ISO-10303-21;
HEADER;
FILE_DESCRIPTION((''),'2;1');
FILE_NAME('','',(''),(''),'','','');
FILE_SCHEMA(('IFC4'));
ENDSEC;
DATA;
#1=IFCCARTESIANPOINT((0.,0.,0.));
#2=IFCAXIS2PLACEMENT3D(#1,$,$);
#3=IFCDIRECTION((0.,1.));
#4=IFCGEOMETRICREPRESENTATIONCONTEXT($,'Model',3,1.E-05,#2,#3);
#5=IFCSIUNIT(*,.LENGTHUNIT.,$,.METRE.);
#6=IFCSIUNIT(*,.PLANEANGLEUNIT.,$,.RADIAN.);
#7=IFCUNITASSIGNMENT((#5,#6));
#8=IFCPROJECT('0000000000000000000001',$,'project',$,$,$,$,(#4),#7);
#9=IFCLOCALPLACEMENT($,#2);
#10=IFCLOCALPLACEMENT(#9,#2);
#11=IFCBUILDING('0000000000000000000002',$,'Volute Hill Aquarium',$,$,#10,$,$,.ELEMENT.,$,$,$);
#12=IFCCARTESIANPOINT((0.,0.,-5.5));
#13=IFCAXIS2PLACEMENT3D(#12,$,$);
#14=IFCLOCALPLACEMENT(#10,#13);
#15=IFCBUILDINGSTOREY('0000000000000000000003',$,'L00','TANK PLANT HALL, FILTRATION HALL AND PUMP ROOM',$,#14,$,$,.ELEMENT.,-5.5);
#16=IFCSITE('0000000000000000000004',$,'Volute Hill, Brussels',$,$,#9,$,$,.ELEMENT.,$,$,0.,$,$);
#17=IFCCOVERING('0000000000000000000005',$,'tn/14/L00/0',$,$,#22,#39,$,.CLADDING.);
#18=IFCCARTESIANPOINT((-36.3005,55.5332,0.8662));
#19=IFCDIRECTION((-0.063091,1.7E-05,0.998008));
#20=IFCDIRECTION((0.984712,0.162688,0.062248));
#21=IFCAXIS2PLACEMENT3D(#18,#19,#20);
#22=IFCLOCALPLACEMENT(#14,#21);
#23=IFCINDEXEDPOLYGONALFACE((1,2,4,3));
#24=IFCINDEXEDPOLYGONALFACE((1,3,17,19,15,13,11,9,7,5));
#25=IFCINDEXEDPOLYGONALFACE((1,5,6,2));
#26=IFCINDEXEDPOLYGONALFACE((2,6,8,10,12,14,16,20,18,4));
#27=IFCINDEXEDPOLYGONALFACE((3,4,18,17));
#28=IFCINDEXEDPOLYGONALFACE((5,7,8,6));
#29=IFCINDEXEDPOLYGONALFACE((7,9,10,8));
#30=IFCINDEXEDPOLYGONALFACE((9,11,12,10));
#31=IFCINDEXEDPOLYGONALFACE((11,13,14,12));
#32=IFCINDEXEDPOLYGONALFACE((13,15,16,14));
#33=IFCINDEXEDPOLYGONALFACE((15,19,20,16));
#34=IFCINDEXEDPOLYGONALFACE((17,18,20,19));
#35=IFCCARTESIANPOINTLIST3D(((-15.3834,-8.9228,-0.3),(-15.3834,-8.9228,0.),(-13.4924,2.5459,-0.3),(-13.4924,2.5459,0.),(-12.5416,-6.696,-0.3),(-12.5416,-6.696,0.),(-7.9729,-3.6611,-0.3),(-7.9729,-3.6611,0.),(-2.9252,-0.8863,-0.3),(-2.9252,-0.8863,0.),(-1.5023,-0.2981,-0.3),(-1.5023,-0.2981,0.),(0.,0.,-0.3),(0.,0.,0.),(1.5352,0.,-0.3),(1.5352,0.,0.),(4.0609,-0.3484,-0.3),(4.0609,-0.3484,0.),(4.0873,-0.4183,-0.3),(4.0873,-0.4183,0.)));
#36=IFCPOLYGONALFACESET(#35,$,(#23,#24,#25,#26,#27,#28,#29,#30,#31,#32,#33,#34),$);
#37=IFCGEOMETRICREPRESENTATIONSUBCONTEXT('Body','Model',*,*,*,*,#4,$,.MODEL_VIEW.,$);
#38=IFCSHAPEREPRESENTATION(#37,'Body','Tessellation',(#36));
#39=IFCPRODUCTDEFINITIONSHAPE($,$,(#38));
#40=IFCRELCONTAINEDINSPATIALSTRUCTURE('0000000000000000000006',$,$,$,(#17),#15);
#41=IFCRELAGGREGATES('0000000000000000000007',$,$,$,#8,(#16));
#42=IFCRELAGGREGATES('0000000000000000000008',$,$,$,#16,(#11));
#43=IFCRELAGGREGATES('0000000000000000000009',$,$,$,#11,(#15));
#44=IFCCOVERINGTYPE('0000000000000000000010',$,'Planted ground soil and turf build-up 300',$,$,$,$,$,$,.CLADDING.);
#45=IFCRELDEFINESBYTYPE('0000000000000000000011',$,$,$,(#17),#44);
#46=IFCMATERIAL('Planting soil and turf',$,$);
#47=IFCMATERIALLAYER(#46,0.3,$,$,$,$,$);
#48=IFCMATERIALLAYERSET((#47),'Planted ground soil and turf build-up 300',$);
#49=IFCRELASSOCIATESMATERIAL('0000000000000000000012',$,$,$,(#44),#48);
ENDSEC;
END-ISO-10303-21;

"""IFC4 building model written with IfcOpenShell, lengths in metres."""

from ifc_helpers import new_model, si_unit, direction, frame, origin, place, context, subcontext, project, spatial, polyline, outline, extrude, material, layer, layer_set, type_object, element, save


model = new_model("IFC4")

# Units and contexts
model_context = context("Model", 3, precision=1e-05, world=origin(), true_north=direction((0.0, 1.0)))
body_context = subcontext(model_context, "Body", "Model", "MODEL_VIEW")
ifc_project = project(units=[si_unit("LENGTHUNIT", "METRE"), si_unit("PLANEANGLEUNIT", "RADIAN")], contexts=[model_context])

# Site, building, storey
site_placement = place(None, origin())
site = spatial("IfcSite", under=ifc_project, at=site_placement, Name="Volute Hill, Brussels", CompositionType="ELEMENT", RefElevation=0.0)
building_placement = place(site_placement, origin())
building = spatial("IfcBuilding", under=site, at=building_placement, Name="Volute Hill Aquarium", CompositionType="ELEMENT")
storey_placement = place(building_placement, frame((0.0, 0.0, -5.5)))
storey = spatial("IfcBuildingStorey", under=building, at=storey_placement, Name="L00", Description="TANK PLANT HALL, FILTRATION HALL AND PUMP ROOM", CompositionType="ELEMENT", Elevation=-5.5)

# Covering
ifc_material_1 = material(Name="Planting soil and turf")
ifc_layer_1 = layer(ifc_material_1, 0.3)
ifc_layer_set_1 = layer_set([ifc_layer_1], Name="Planted ground soil and turf build-up 300")
covering_type_1 = type_object("IfcCoveringType", Name="Planted ground soil and turf build-up 300", PredefinedType="CLADDING", material=ifc_layer_set_1)
covering_1_placement = place(storey_placement, frame((-36.3005, 55.5332, 0.8662), z_axis=(-0.063091, 0.000017, 0.998008), x_axis=(0.984712, 0.162688, 0.062248)))
element("IfcCovering", 1, at=covering_1_placement, inside=storey, type_object=covering_type_1, Name="tn/14/L00/0", PredefinedType="CLADDING", context=body_context, shape_type="SweptSolid", body=[
    extrude(outline(polyline([(0.0, 0.0), (1.5352, 0.0), (4.0873, -0.4183), (4.0609, -0.3484), (-13.4924, 2.5459), (-15.3834, -8.9228), (-12.5416, -6.696), (-7.9729, -3.6611), (-2.9252, -0.8863), (-1.5023, -0.2981), (0.0, 0.0)])), origin(), (0.0, 0.0, -1.0), 0.3),
])

save(model, "model.ifc")
